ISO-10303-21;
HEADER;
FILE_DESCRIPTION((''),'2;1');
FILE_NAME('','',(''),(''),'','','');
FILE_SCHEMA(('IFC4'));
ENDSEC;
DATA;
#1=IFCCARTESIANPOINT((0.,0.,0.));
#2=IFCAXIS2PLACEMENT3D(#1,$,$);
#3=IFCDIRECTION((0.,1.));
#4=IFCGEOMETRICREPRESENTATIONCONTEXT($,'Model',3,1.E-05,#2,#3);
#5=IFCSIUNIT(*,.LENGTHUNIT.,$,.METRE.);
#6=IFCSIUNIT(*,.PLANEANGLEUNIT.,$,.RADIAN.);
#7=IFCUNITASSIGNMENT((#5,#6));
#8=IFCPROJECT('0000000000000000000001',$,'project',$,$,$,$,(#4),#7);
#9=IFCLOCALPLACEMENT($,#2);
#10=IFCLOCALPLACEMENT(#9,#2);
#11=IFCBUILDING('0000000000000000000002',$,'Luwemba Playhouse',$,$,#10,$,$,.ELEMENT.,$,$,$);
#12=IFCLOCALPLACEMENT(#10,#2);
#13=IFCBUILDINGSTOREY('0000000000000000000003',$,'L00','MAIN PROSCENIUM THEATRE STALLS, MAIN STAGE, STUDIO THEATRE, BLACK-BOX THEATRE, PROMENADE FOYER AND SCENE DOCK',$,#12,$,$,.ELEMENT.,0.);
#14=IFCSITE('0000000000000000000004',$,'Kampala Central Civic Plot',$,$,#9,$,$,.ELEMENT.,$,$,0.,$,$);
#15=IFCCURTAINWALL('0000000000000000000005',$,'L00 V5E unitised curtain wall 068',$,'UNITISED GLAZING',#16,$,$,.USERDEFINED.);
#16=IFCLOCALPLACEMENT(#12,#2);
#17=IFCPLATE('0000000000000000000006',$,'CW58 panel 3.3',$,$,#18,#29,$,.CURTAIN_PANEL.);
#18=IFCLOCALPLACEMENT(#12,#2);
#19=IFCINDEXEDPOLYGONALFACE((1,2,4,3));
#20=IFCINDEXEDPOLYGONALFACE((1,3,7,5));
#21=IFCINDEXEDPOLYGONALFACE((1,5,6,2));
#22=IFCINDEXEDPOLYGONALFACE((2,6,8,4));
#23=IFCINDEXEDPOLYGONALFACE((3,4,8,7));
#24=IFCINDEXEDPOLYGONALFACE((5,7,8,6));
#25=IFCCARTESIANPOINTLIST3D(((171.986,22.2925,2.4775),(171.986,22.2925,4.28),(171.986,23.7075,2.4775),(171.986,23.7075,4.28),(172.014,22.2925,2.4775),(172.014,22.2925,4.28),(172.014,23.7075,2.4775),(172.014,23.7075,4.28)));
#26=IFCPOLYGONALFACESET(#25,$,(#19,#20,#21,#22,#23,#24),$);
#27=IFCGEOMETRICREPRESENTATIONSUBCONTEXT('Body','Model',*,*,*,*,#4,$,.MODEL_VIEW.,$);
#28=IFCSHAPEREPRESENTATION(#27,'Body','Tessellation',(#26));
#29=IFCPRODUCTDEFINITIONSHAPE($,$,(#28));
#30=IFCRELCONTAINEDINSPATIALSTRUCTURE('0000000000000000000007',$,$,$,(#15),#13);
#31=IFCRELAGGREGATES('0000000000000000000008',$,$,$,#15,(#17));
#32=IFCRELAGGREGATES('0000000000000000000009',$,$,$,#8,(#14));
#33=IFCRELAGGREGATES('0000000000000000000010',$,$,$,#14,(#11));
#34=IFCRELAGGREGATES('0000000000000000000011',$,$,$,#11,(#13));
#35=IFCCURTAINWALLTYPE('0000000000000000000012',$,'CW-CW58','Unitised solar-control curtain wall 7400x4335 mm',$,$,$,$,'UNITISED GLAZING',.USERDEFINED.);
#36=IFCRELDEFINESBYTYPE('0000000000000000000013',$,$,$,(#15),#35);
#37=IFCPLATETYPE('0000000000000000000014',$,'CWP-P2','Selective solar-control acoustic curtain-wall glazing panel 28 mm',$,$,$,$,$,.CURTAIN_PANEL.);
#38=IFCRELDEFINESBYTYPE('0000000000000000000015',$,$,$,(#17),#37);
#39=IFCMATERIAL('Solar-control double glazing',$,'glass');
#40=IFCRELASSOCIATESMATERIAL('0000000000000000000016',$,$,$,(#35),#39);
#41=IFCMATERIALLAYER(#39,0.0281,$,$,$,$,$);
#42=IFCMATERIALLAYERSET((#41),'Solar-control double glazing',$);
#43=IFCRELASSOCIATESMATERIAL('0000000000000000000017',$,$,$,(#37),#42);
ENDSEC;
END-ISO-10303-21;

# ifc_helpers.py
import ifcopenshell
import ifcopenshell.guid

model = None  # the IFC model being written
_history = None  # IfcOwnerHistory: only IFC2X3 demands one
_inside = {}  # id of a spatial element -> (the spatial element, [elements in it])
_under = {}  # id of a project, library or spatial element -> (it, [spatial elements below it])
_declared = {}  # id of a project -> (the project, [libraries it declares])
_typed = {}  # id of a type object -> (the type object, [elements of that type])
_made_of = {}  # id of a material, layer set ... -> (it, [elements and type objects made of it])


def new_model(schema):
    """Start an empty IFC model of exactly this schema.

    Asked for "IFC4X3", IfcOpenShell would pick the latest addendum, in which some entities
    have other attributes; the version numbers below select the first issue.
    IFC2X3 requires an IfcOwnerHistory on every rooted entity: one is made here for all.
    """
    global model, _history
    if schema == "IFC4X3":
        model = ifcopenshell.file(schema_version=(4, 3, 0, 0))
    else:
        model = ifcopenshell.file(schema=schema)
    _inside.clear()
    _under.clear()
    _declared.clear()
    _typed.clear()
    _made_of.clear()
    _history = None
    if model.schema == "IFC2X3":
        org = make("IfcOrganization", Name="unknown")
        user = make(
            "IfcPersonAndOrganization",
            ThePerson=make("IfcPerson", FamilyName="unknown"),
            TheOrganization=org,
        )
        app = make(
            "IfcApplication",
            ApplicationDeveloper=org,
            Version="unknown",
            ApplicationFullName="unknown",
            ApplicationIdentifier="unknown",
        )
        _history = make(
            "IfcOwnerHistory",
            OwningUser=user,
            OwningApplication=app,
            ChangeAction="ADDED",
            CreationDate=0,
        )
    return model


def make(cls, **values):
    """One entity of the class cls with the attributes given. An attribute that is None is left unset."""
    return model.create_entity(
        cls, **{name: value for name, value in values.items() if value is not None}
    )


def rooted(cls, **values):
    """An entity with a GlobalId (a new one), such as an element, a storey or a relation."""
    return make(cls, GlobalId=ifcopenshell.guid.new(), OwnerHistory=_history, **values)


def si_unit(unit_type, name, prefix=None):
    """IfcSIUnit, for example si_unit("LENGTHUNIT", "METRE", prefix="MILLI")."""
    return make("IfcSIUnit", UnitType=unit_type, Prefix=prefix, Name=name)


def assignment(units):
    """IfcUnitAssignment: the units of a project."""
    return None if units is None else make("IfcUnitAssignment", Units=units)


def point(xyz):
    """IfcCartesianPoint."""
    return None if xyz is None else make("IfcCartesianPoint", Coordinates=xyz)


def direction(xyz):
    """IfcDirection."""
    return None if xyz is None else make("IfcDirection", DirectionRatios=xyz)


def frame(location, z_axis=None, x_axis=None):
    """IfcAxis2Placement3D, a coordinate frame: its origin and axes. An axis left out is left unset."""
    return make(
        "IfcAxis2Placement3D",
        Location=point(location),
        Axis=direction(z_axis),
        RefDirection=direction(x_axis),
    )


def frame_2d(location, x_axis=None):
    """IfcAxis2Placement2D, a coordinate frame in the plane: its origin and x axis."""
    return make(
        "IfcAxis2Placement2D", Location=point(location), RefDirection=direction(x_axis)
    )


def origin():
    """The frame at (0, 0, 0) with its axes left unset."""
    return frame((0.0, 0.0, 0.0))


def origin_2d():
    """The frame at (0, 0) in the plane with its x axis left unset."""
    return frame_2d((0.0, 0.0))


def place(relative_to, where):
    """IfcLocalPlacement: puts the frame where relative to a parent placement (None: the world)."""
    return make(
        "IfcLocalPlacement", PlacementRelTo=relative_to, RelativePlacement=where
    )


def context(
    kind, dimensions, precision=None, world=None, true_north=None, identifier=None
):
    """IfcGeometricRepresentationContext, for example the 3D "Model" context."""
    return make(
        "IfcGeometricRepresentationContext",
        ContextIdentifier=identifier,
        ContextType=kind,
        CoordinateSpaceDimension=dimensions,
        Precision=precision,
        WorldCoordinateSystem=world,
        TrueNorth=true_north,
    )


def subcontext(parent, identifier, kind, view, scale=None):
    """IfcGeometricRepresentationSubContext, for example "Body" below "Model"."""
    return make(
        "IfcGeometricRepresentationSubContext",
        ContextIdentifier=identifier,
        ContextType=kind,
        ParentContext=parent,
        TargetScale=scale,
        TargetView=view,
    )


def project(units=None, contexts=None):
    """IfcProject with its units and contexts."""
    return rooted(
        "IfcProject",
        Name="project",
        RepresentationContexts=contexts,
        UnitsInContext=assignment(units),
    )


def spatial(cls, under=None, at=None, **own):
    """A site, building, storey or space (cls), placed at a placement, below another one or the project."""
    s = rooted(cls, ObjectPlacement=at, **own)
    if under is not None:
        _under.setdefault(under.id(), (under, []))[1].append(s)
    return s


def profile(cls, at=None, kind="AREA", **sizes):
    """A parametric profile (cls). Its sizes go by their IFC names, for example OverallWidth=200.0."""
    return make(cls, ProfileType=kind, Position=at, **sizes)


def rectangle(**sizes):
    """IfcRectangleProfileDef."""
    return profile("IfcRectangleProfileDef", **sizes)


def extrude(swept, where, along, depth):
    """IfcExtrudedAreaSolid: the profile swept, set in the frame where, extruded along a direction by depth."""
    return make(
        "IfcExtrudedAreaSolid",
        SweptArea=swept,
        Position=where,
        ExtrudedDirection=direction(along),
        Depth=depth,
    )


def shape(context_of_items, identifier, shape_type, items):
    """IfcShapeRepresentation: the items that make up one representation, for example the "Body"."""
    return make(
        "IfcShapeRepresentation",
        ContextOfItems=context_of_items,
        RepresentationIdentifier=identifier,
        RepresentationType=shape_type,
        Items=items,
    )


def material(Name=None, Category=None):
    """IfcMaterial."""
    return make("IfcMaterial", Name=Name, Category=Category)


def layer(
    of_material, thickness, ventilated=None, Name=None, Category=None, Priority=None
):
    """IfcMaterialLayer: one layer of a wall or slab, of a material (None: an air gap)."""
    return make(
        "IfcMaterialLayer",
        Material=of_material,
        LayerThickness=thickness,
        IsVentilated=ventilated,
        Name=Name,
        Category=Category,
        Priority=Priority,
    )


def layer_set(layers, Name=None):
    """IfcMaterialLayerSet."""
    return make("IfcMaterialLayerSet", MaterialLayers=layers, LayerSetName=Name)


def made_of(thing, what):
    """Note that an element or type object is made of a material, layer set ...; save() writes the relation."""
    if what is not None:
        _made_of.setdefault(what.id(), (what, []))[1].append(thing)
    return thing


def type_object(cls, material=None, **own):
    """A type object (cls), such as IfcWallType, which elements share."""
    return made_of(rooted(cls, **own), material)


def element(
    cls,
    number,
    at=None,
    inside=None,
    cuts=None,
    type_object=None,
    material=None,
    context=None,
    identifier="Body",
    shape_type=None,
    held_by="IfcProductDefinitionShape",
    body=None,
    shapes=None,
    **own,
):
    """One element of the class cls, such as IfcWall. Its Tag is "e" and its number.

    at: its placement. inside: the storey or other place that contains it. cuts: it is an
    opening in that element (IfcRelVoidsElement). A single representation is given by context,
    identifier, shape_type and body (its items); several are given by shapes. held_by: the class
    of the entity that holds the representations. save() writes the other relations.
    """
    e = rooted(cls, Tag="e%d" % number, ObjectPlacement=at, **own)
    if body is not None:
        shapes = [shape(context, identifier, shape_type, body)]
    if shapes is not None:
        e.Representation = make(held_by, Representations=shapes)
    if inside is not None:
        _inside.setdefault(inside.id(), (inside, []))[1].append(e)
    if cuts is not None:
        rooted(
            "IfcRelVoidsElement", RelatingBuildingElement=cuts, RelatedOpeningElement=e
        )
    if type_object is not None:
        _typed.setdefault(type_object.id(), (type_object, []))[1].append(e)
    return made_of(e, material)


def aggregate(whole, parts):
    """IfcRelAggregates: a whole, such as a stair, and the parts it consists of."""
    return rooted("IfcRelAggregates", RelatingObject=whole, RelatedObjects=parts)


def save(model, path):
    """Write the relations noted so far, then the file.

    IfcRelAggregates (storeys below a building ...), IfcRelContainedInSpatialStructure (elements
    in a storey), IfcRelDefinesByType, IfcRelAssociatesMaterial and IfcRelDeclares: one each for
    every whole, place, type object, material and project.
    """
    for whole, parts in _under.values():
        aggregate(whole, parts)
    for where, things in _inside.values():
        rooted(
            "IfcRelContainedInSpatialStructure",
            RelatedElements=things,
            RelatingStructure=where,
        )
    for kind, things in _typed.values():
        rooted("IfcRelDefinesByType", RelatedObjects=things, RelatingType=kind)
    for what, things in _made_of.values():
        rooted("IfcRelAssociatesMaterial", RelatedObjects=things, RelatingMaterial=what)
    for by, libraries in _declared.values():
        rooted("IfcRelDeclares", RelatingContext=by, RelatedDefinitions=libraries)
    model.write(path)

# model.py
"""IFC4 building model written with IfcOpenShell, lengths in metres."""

from ifc_helpers import new_model, si_unit, direction, frame, origin, origin_2d, place, context, subcontext, project, spatial, rectangle, extrude, material, layer, layer_set, type_object, element, aggregate, save


model = new_model("IFC4")

# Units and contexts
model_context = context("Model", 3, precision=1e-05, world=origin(), true_north=direction((0.0, 1.0)))
body_context = subcontext(model_context, "Body", "Model", "MODEL_VIEW")
ifc_project = project(units=[si_unit("LENGTHUNIT", "METRE"), si_unit("PLANEANGLEUNIT", "RADIAN")], contexts=[model_context])

# Site, building, storey
site_placement = place(None, origin())
site = spatial("IfcSite", under=ifc_project, at=site_placement, Name="Kampala Central Civic Plot", CompositionType="ELEMENT", RefElevation=0.0)
building_placement = place(site_placement, origin())
building = spatial("IfcBuilding", under=site, at=building_placement, Name="Luwemba Playhouse", CompositionType="ELEMENT")
storey_placement = place(building_placement, origin())
storey = spatial("IfcBuildingStorey", under=building, at=storey_placement, Name="L00", Description="MAIN PROSCENIUM THEATRE STALLS, MAIN STAGE, STUDIO THEATRE, BLACK-BOX THEATRE, PROMENADE FOYER AND SCENE DOCK", CompositionType="ELEMENT", Elevation=0.0)

# Shared definitions
ifc_material_1 = material(Name="Solar-control double glazing", Category="glass")

# Curtain wall
curtain_wall_type_1 = type_object("IfcCurtainWallType", Name="CW-CW58", Description="Unitised solar-control curtain wall 7400x4335 mm", ElementType="UNITISED GLAZING", PredefinedType="USERDEFINED", material=ifc_material_1)
curtain_wall_1_placement = place(storey_placement, origin())
curtain_wall_1 = element("IfcCurtainWall", 1, at=curtain_wall_1_placement, inside=storey, type_object=curtain_wall_type_1, Name="L00 V5E unitised curtain wall 068", ObjectType="UNITISED GLAZING", PredefinedType="USERDEFINED")

# Plate
ifc_layer_1 = layer(ifc_material_1, 0.0281)
ifc_layer_set_1 = layer_set([ifc_layer_1], Name="Solar-control double glazing")
plate_type_1 = type_object("IfcPlateType", Name="CWP-P2", Description="Selective solar-control acoustic curtain-wall glazing panel 28 mm", PredefinedType="CURTAIN_PANEL", material=ifc_layer_set_1)
plate_1_placement = place(storey_placement, frame((172.0, 23.0, 2.4775), z_axis=(0.0, 0.0, 1.0), x_axis=(0.0, -1.0, 0.0)))
plate_1 = element("IfcPlate", 2, at=plate_1_placement, type_object=plate_type_1, Name="CW58 panel 3.3", PredefinedType="CURTAIN_PANEL", context=body_context, shape_type="SweptSolid", body=[
    extrude(rectangle(XDim=1.415, YDim=0.0281, at=origin_2d()), origin(), (0.0, 0.0, 1.0), 1.8025),
])
aggregate(curtain_wall_1, [plate_1])

save(model, "model.ifc")
